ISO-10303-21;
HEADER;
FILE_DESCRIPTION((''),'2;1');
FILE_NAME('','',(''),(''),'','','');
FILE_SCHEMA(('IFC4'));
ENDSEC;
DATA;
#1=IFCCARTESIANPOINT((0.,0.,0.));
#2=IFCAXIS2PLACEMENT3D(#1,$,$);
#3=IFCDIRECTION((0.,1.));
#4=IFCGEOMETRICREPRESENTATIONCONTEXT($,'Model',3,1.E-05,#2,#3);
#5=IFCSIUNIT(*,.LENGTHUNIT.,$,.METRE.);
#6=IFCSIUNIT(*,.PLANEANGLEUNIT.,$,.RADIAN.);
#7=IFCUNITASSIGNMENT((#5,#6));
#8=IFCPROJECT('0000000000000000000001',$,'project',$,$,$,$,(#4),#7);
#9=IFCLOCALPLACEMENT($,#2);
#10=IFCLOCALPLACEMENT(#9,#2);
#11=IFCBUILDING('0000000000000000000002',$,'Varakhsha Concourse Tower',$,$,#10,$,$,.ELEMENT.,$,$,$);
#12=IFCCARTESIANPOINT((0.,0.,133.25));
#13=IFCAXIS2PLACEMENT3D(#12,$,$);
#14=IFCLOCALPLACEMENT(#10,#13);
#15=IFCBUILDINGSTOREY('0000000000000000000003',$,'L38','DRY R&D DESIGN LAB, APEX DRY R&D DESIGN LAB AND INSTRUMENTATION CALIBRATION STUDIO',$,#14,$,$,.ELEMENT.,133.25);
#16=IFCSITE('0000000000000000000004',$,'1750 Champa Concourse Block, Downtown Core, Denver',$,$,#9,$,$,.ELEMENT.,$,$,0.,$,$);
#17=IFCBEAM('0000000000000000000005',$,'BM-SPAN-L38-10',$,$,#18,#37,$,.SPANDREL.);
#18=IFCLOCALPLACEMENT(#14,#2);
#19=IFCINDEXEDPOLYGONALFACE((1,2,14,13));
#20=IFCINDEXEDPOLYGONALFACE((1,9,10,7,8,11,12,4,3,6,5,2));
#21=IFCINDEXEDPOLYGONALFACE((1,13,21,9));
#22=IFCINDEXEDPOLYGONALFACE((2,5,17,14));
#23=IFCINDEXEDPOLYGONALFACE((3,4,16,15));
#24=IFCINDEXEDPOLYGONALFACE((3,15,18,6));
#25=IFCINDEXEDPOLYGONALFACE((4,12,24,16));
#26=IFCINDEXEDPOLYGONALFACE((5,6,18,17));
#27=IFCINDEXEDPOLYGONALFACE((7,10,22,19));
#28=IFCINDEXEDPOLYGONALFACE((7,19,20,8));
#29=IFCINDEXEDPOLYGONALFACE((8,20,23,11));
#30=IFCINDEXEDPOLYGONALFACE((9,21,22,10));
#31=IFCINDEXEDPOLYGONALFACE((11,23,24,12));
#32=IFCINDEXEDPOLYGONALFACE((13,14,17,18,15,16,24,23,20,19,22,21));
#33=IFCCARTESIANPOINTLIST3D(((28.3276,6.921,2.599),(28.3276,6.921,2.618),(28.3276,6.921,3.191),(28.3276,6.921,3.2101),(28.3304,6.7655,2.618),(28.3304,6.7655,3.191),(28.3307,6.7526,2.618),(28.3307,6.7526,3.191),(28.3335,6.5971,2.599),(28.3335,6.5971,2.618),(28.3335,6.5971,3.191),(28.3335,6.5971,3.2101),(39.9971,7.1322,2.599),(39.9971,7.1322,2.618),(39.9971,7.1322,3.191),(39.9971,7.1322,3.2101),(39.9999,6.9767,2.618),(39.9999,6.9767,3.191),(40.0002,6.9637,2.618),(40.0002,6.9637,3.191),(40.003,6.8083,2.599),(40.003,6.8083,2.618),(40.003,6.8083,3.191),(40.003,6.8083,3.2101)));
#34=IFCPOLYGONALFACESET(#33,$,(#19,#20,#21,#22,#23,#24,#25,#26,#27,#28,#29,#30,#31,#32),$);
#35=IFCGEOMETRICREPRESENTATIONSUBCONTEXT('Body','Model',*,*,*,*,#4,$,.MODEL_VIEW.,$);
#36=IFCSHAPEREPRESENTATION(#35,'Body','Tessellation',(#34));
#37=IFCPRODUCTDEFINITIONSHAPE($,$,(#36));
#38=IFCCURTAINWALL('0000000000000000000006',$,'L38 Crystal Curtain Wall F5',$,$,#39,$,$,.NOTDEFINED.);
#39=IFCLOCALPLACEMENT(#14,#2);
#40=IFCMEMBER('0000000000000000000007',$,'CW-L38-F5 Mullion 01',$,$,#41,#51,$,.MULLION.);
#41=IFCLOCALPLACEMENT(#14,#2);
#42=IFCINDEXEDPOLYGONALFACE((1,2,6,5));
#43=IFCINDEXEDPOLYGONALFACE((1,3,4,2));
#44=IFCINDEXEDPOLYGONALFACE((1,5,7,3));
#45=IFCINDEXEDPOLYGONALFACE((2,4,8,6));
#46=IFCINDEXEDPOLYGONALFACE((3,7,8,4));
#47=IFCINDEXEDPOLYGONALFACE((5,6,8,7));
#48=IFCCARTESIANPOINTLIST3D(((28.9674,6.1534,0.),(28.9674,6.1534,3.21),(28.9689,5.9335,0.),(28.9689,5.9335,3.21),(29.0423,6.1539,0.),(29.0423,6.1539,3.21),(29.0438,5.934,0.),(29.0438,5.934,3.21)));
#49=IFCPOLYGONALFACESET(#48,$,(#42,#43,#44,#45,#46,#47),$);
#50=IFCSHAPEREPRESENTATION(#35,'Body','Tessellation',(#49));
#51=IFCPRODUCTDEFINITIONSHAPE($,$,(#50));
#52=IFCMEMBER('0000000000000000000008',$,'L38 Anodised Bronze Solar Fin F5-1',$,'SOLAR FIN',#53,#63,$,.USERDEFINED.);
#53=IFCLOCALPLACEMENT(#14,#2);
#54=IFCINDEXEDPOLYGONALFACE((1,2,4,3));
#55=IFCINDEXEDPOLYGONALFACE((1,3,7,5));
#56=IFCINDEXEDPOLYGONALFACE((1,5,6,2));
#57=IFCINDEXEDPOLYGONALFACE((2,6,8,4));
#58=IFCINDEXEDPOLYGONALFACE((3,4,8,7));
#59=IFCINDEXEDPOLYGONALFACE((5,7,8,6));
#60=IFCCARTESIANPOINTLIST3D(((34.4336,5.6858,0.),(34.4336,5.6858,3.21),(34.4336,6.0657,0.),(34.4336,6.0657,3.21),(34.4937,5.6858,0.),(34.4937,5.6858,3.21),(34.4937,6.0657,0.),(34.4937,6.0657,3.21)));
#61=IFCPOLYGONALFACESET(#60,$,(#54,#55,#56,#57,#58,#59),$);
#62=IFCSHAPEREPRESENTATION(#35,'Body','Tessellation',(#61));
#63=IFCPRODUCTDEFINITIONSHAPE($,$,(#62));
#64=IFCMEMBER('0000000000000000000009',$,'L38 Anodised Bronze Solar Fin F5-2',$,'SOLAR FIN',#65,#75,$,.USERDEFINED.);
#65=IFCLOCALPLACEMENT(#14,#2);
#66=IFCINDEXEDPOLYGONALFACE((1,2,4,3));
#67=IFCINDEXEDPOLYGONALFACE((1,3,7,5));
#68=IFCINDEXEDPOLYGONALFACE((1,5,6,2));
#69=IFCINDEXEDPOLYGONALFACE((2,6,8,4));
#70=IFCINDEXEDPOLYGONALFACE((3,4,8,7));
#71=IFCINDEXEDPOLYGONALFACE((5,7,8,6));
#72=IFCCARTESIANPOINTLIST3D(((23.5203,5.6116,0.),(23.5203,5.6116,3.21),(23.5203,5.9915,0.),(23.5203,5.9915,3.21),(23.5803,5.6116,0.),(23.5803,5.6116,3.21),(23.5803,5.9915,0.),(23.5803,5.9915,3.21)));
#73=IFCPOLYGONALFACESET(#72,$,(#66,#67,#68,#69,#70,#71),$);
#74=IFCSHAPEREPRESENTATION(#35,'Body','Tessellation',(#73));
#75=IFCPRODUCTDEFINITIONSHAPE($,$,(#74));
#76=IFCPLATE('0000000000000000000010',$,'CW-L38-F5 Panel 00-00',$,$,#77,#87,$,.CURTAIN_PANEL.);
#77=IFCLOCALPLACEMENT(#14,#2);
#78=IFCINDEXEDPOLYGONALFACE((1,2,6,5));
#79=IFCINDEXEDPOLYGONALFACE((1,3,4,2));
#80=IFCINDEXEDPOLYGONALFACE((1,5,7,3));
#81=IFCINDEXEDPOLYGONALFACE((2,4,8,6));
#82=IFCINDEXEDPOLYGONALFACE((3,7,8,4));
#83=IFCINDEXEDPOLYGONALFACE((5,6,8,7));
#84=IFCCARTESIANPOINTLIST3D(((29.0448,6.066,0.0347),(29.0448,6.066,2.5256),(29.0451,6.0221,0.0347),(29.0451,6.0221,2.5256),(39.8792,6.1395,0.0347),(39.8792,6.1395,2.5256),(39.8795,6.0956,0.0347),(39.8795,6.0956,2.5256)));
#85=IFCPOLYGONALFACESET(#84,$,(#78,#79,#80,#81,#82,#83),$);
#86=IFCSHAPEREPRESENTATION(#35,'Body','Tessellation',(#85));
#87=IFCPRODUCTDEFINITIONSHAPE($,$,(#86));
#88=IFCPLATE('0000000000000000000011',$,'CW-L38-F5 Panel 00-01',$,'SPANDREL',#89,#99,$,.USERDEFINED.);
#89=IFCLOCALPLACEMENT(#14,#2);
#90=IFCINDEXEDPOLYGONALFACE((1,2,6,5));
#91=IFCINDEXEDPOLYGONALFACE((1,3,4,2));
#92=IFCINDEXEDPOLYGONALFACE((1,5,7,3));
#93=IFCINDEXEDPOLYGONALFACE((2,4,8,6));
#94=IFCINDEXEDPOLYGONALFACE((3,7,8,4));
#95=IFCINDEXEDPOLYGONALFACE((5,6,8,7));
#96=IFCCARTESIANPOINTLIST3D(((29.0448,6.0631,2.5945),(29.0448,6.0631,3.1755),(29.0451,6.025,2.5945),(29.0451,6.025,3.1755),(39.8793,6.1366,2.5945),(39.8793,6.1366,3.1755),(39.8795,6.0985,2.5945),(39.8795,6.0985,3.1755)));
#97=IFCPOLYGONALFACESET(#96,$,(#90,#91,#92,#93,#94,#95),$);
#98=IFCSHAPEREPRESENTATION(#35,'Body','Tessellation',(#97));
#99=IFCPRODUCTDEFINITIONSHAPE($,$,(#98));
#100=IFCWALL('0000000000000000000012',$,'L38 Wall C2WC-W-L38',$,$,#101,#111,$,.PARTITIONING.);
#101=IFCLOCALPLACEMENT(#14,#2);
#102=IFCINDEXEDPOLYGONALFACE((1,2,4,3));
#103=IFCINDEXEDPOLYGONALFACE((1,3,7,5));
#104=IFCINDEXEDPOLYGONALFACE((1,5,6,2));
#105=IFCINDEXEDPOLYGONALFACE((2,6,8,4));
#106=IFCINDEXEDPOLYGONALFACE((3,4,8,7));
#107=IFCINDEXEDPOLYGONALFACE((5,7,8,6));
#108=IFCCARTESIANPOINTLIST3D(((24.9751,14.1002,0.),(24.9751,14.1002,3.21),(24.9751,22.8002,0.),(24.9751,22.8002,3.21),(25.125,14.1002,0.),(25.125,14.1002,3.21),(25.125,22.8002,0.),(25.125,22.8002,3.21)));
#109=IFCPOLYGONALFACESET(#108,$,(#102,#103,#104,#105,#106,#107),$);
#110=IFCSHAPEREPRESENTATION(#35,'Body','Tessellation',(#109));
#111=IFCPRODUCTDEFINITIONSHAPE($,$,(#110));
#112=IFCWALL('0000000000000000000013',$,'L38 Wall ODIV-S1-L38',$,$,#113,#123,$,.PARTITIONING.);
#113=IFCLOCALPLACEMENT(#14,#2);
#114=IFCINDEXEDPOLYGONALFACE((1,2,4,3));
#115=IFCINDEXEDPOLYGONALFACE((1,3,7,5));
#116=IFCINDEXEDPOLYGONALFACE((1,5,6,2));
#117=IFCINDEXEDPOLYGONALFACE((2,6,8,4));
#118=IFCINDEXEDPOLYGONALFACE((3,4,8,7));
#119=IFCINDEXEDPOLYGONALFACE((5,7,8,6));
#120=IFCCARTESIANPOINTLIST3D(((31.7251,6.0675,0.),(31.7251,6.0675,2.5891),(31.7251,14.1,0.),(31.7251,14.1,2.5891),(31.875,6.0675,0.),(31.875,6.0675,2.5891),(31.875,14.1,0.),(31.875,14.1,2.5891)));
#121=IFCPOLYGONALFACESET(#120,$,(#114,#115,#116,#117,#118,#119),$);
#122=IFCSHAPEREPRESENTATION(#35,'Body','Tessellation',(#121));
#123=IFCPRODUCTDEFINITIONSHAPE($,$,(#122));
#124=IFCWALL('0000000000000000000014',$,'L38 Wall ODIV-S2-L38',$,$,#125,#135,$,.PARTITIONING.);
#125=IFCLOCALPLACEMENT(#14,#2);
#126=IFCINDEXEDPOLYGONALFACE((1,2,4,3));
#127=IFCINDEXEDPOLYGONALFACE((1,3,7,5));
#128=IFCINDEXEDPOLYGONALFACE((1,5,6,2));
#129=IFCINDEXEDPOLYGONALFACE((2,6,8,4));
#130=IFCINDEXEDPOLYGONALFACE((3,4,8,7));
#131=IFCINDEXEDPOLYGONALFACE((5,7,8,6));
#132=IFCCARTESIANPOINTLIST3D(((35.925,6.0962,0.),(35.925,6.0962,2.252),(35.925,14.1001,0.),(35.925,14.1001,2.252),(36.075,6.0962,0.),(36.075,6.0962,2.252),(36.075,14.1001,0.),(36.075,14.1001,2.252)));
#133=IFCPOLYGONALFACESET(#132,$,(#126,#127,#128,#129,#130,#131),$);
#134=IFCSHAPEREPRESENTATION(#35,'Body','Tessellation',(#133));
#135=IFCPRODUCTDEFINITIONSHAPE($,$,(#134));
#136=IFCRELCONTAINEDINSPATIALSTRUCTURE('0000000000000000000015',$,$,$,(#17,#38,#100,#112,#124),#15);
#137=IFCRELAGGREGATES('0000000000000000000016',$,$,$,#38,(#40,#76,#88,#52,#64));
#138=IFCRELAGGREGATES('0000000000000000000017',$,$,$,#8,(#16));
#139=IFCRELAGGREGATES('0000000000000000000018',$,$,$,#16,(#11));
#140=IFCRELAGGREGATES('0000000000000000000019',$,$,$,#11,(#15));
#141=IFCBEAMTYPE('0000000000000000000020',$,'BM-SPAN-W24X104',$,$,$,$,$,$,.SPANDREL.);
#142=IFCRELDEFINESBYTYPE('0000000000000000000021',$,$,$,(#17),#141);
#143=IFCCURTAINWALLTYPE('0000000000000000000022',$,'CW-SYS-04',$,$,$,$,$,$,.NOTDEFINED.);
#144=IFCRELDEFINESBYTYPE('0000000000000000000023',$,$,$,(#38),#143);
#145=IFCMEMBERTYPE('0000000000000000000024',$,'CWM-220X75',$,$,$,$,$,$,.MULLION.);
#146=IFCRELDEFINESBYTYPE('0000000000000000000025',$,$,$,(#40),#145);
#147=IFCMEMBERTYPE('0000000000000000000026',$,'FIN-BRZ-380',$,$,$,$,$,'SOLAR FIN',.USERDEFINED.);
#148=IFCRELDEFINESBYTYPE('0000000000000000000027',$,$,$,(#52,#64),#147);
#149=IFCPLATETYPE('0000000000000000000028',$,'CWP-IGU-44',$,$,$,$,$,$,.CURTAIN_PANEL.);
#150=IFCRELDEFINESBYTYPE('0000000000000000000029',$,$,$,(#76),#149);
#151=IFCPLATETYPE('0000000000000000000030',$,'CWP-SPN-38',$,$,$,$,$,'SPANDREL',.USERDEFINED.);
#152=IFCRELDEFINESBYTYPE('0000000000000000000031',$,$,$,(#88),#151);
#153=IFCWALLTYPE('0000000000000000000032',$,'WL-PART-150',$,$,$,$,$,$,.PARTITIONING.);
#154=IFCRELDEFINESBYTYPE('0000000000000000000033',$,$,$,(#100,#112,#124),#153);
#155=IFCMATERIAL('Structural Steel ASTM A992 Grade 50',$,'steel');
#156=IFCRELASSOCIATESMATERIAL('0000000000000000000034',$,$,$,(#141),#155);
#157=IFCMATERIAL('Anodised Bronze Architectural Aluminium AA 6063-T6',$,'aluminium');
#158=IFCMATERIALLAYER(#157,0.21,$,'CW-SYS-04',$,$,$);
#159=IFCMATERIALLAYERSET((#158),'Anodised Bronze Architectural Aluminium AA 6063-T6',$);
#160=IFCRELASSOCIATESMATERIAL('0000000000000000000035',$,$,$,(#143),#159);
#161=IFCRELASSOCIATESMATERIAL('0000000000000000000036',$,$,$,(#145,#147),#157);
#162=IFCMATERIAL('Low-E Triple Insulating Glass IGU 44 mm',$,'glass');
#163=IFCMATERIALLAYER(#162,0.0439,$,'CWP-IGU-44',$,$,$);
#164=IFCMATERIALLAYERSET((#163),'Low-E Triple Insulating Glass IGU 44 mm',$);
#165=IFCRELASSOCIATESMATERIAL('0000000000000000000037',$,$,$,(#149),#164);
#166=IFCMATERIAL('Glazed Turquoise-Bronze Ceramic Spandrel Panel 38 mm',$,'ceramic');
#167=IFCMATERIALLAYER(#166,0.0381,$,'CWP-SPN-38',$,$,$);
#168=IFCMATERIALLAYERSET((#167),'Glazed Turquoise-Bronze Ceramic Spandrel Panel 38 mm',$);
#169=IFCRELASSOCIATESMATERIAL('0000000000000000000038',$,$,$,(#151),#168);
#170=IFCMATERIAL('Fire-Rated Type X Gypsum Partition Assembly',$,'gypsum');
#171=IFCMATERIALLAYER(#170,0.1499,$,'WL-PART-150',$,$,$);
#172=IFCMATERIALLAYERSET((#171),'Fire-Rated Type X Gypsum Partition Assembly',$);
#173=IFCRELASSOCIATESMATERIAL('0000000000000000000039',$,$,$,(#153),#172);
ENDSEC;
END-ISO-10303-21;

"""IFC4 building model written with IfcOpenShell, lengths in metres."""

from ifc_helpers import new_model, si_unit, direction, frame, frame_2d, origin, origin_2d, place, context, subcontext, project, spatial, rectangle, i_section, extrude, source, transform, mapped, material, layer, layer_set, material_profile, profile_set, type_object, type_shapes, element, aggregate, save


model = new_model("IFC4")

# Units and contexts
model_context = context("Model", 3, precision=1e-05, world=origin(), true_north=direction((0.0, 1.0)))
body_context = subcontext(model_context, "Body", "Model", "MODEL_VIEW")
ifc_project = project(units=[si_unit("LENGTHUNIT", "METRE"), si_unit("PLANEANGLEUNIT", "RADIAN")], contexts=[model_context])

# Site, building, storey
site_placement = place(None, origin())
site = spatial("IfcSite", under=ifc_project, at=site_placement, Name="1750 Champa Concourse Block, Downtown Core, Denver", CompositionType="ELEMENT", RefElevation=0.0)
building_placement = place(site_placement, origin())
building = spatial("IfcBuilding", under=site, at=building_placement, Name="Varakhsha Concourse Tower", CompositionType="ELEMENT")
storey_placement = place(building_placement, frame((0.0, 0.0, 133.25)))
storey = spatial("IfcBuildingStorey", under=building, at=storey_placement, Name="L38", Description="DRY R&D DESIGN LAB, APEX DRY R&D DESIGN LAB AND INSTRUMENTATION CALIBRATION STUDIO", CompositionType="ELEMENT", Elevation=133.25)

# Shared definitions
ifc_material_1 = material(Name="Structural Steel ASTM A992 Grade 50", Category="steel")

# Beam
ifc_material_profile_1 = material_profile(ifc_material_1, i_section(OverallWidth=0.324, OverallDepth=0.6111, WebThickness=0.0129, FlangeThickness=0.019, at=origin_2d()), Name="W24X104")
ifc_profile_set_1 = profile_set([ifc_material_profile_1], Name="Structural Steel ASTM A992 Grade 50")
beam_type_1 = type_object("IfcBeamType", Name="BM-SPAN-W24X104", PredefinedType="SPANDREL", material=ifc_profile_set_1)
beam_1_placement = place(storey_placement, frame((28.3306, 6.759, 2.9045), z_axis=(0.999836, 0.018094, 0.0), x_axis=(-0.018094, 0.999836, 0.0)))
element("IfcBeam", 1, at=beam_1_placement, inside=storey, type_object=beam_type_1, Name="BM-SPAN-L38-10", PredefinedType="SPANDREL", context=body_context, shape_type="SweptSolid", body=[
    extrude(i_section(OverallWidth=0.324, OverallDepth=0.6111, WebThickness=0.0129, FlangeThickness=0.019, at=origin_2d()), origin(), (0.0, 0.0, 1.0), 11.6714),
])

# Curtain wall, members, plates
ifc_material_2 = material(Name="Anodised Bronze Architectural Aluminium AA 6063-T6", Category="aluminium")
ifc_layer_1 = layer(ifc_material_2, 0.21, Name="CW-SYS-04")
ifc_layer_set_1 = layer_set([ifc_layer_1], Name="Anodised Bronze Architectural Aluminium AA 6063-T6")
curtain_wall_type = type_object("IfcCurtainWallType", Name="CW-SYS-04", PredefinedType="NOTDEFINED", material=ifc_layer_set_1)
curtain_wall_placement = place(storey_placement, origin())
curtain_wall = element("IfcCurtainWall", 2, at=curtain_wall_placement, inside=storey, type_object=curtain_wall_type, Name="L38 Crystal Curtain Wall F5", PredefinedType="NOTDEFINED")
ifc_material_profile_2 = material_profile(ifc_material_2, rectangle(XDim=0.075, YDim=0.22, at=origin_2d()), Name="CWM-220X75")
ifc_profile_set_2 = profile_set([ifc_material_profile_2], Name="Anodised Bronze Architectural Aluminium AA 6063-T6")
member_type_1 = type_object("IfcMemberType", Name="CWM-220X75", PredefinedType="MULLION", material=ifc_profile_set_2)
shared_shape_1 = source(origin(), body_context, "Body", "SweptSolid", [
    extrude(rectangle(XDim=0.075, YDim=0.22, at=origin_2d()), origin(), (0.0, 0.0, 1.0), 3.21),
])
type_shapes(member_type_1, [shared_shape_1])
member_1_placement = place(storey_placement, frame((29.0056, 6.0437, 0.0), z_axis=(0.0, 0.0, 1.0), x_axis=(-0.999977, -0.006786, 0.0)))
member_1 = element("IfcMember", 3, at=member_1_placement, type_object=member_type_1, Name="CW-L38-F5 Mullion 01", PredefinedType="MULLION", context=body_context, shape_type="MappedRepresentation", body=[
    mapped(shared_shape_1, transform((0.0, 0.0, 0.0), scale=1.0)),
])
ifc_material_profile_3 = material_profile(ifc_material_2, rectangle(XDim=0.0601, YDim=0.3799, at=origin_2d()), Name="FIN-BRZ-380")
ifc_profile_set_3 = profile_set([ifc_material_profile_3], Name="Anodised Bronze Architectural Aluminium AA 6063-T6")
member_type_2 = type_object("IfcMemberType", Name="FIN-BRZ-380", ElementType="SOLAR FIN", PredefinedType="USERDEFINED", material=ifc_profile_set_3)
shared_shape_2 = source(origin(), body_context, "Body", "SweptSolid", [
    extrude(rectangle(XDim=0.0601, YDim=0.3799, at=origin_2d()), origin(), (0.0, 0.0, 1.0), 3.21),
])
type_shapes(member_type_2, [shared_shape_2])
member_2_placement = place(storey_placement, frame((34.4636, 5.8757, 0.0), z_axis=(0.0, 0.0, 1.0), x_axis=(1.0, 0.0, 0.0)))
member_2 = element("IfcMember", 4, at=member_2_placement, type_object=member_type_2, Name="L38 Anodised Bronze Solar Fin F5-1", ObjectType="SOLAR FIN", PredefinedType="USERDEFINED", context=body_context, shape_type="MappedRepresentation", body=[
    mapped(shared_shape_2, transform((0.0, 0.0, 0.0), scale=1.0)),
])
member_3_placement = place(storey_placement, frame((23.5503, 5.8015, 0.0), z_axis=(0.0, 0.0, 1.0), x_axis=(1.0, 0.0, 0.0)))
member_3 = element("IfcMember", 5, at=member_3_placement, type_object=member_type_2, Name="L38 Anodised Bronze Solar Fin F5-2", ObjectType="SOLAR FIN", PredefinedType="USERDEFINED", context=body_context, shape_type="MappedRepresentation", body=[
    mapped(shared_shape_2, transform((0.0, 0.0, 0.0), scale=1.0)),
])
ifc_material_3 = material(Name="Low-E Triple Insulating Glass IGU 44 mm", Category="glass")
ifc_layer_2 = layer(ifc_material_3, 0.0439, Name="CWP-IGU-44")
ifc_layer_set_2 = layer_set([ifc_layer_2], Name="Low-E Triple Insulating Glass IGU 44 mm")
plate_type_1 = type_object("IfcPlateType", Name="CWP-IGU-44", PredefinedType="CURTAIN_PANEL", material=ifc_layer_set_2)
shared_shape_3 = source(origin(), body_context, "Body", "SweptSolid", [
    extrude(rectangle(XDim=10.8347, YDim=0.0439, at=origin_2d()), origin(), (0.0, 0.0, 1.0), 2.491),
])
type_shapes(plate_type_1, [shared_shape_3])
plate_1_placement = place(storey_placement, frame((34.4622, 6.0808, 0.0347), z_axis=(0.0, 0.0, 1.0), x_axis=(-0.999977, -0.006786, 0.0)))
plate_1 = element("IfcPlate", 6, at=plate_1_placement, type_object=plate_type_1, Name="CW-L38-F5 Panel 00-00", PredefinedType="CURTAIN_PANEL", context=body_context, shape_type="MappedRepresentation", body=[
    mapped(shared_shape_3, transform((0.0, 0.0, 0.0), scale=1.0)),
])
ifc_material_4 = material(Name="Glazed Turquoise-Bronze Ceramic Spandrel Panel 38 mm", Category="ceramic")
ifc_layer_3 = layer(ifc_material_4, 0.0381, Name="CWP-SPN-38")
ifc_layer_set_3 = layer_set([ifc_layer_3], Name="Glazed Turquoise-Bronze Ceramic Spandrel Panel 38 mm")
plate_type_2 = type_object("IfcPlateType", Name="CWP-SPN-38", ElementType="SPANDREL", PredefinedType="USERDEFINED", material=ifc_layer_set_3)
shared_shape_4 = source(origin(), body_context, "Body", "SweptSolid", [
    extrude(rectangle(XDim=10.8347, YDim=0.0381, at=origin_2d()), origin(), (0.0, 0.0, 1.0), 0.5811),
])
type_shapes(plate_type_2, [shared_shape_4])
plate_2_placement = place(storey_placement, frame((34.4622, 6.0808, 2.5945), z_axis=(0.0, 0.0, 1.0), x_axis=(-0.999977, -0.006786, 0.0)))
plate_2 = element("IfcPlate", 7, at=plate_2_placement, type_object=plate_type_2, Name="CW-L38-F5 Panel 00-01", ObjectType="SPANDREL", PredefinedType="USERDEFINED", context=body_context, shape_type="MappedRepresentation", body=[
    mapped(shared_shape_4, transform((0.0, 0.0, 0.0), scale=1.0)),
])
aggregate(curtain_wall, [member_1, plate_1, plate_2, member_2, member_3])

# Walls
ifc_material_5 = material(Name="Fire-Rated Type X Gypsum Partition Assembly", Category="gypsum")
ifc_layer_4 = layer(ifc_material_5, 0.1499, Name="WL-PART-150")
ifc_layer_set_4 = layer_set([ifc_layer_4], Name="Fire-Rated Type X Gypsum Partition Assembly")
wall_type = type_object("IfcWallType", Name="WL-PART-150", PredefinedType="PARTITIONING", material=ifc_layer_set_4)
wall_1_placement = place(storey_placement, frame((25.05, 14.1001, 0.0), z_axis=(0.0, 0.0, 1.0), x_axis=(0.0, 1.0, 0.0)))
element("IfcWall", 8, at=wall_1_placement, inside=storey, type_object=wall_type, Name="L38 Wall C2WC-W-L38", PredefinedType="PARTITIONING", context=body_context, shape_type="SweptSolid", body=[
    extrude(rectangle(XDim=8.7, YDim=0.1499, at=frame_2d((4.3501, 0.0))), origin(), (0.0, 0.0, 1.0), 3.21),
])
wall_2_placement = place(storey_placement, frame((31.8, 6.0676, 0.0), z_axis=(0.0, 0.0, 1.0), x_axis=(0.0, 1.0, 0.0)))
element("IfcWall", 9, at=wall_2_placement, inside=storey, type_object=wall_type, Name="L38 Wall ODIV-S1-L38", PredefinedType="PARTITIONING", context=body_context, shape_type="SweptSolid", body=[
    extrude(rectangle(XDim=8.0325, YDim=0.1499, at=frame_2d((4.0161, 0.0))), origin(), (0.0, 0.0, 1.0), 2.5891),
])
wall_3_placement = place(storey_placement, frame((36.0, 6.0962, 0.0), z_axis=(0.0, 0.0, 1.0), x_axis=(0.0, 1.0, 0.0)))
element("IfcWall", 10, at=wall_3_placement, inside=storey, type_object=wall_type, Name="L38 Wall ODIV-S2-L38", PredefinedType="PARTITIONING", context=body_context, shape_type="SweptSolid", body=[
    extrude(rectangle(XDim=8.0039, YDim=0.1499, at=frame_2d((4.002, 0.0))), origin(), (0.0, 0.0, 1.0), 2.252),
])

save(model, "model.ifc")
